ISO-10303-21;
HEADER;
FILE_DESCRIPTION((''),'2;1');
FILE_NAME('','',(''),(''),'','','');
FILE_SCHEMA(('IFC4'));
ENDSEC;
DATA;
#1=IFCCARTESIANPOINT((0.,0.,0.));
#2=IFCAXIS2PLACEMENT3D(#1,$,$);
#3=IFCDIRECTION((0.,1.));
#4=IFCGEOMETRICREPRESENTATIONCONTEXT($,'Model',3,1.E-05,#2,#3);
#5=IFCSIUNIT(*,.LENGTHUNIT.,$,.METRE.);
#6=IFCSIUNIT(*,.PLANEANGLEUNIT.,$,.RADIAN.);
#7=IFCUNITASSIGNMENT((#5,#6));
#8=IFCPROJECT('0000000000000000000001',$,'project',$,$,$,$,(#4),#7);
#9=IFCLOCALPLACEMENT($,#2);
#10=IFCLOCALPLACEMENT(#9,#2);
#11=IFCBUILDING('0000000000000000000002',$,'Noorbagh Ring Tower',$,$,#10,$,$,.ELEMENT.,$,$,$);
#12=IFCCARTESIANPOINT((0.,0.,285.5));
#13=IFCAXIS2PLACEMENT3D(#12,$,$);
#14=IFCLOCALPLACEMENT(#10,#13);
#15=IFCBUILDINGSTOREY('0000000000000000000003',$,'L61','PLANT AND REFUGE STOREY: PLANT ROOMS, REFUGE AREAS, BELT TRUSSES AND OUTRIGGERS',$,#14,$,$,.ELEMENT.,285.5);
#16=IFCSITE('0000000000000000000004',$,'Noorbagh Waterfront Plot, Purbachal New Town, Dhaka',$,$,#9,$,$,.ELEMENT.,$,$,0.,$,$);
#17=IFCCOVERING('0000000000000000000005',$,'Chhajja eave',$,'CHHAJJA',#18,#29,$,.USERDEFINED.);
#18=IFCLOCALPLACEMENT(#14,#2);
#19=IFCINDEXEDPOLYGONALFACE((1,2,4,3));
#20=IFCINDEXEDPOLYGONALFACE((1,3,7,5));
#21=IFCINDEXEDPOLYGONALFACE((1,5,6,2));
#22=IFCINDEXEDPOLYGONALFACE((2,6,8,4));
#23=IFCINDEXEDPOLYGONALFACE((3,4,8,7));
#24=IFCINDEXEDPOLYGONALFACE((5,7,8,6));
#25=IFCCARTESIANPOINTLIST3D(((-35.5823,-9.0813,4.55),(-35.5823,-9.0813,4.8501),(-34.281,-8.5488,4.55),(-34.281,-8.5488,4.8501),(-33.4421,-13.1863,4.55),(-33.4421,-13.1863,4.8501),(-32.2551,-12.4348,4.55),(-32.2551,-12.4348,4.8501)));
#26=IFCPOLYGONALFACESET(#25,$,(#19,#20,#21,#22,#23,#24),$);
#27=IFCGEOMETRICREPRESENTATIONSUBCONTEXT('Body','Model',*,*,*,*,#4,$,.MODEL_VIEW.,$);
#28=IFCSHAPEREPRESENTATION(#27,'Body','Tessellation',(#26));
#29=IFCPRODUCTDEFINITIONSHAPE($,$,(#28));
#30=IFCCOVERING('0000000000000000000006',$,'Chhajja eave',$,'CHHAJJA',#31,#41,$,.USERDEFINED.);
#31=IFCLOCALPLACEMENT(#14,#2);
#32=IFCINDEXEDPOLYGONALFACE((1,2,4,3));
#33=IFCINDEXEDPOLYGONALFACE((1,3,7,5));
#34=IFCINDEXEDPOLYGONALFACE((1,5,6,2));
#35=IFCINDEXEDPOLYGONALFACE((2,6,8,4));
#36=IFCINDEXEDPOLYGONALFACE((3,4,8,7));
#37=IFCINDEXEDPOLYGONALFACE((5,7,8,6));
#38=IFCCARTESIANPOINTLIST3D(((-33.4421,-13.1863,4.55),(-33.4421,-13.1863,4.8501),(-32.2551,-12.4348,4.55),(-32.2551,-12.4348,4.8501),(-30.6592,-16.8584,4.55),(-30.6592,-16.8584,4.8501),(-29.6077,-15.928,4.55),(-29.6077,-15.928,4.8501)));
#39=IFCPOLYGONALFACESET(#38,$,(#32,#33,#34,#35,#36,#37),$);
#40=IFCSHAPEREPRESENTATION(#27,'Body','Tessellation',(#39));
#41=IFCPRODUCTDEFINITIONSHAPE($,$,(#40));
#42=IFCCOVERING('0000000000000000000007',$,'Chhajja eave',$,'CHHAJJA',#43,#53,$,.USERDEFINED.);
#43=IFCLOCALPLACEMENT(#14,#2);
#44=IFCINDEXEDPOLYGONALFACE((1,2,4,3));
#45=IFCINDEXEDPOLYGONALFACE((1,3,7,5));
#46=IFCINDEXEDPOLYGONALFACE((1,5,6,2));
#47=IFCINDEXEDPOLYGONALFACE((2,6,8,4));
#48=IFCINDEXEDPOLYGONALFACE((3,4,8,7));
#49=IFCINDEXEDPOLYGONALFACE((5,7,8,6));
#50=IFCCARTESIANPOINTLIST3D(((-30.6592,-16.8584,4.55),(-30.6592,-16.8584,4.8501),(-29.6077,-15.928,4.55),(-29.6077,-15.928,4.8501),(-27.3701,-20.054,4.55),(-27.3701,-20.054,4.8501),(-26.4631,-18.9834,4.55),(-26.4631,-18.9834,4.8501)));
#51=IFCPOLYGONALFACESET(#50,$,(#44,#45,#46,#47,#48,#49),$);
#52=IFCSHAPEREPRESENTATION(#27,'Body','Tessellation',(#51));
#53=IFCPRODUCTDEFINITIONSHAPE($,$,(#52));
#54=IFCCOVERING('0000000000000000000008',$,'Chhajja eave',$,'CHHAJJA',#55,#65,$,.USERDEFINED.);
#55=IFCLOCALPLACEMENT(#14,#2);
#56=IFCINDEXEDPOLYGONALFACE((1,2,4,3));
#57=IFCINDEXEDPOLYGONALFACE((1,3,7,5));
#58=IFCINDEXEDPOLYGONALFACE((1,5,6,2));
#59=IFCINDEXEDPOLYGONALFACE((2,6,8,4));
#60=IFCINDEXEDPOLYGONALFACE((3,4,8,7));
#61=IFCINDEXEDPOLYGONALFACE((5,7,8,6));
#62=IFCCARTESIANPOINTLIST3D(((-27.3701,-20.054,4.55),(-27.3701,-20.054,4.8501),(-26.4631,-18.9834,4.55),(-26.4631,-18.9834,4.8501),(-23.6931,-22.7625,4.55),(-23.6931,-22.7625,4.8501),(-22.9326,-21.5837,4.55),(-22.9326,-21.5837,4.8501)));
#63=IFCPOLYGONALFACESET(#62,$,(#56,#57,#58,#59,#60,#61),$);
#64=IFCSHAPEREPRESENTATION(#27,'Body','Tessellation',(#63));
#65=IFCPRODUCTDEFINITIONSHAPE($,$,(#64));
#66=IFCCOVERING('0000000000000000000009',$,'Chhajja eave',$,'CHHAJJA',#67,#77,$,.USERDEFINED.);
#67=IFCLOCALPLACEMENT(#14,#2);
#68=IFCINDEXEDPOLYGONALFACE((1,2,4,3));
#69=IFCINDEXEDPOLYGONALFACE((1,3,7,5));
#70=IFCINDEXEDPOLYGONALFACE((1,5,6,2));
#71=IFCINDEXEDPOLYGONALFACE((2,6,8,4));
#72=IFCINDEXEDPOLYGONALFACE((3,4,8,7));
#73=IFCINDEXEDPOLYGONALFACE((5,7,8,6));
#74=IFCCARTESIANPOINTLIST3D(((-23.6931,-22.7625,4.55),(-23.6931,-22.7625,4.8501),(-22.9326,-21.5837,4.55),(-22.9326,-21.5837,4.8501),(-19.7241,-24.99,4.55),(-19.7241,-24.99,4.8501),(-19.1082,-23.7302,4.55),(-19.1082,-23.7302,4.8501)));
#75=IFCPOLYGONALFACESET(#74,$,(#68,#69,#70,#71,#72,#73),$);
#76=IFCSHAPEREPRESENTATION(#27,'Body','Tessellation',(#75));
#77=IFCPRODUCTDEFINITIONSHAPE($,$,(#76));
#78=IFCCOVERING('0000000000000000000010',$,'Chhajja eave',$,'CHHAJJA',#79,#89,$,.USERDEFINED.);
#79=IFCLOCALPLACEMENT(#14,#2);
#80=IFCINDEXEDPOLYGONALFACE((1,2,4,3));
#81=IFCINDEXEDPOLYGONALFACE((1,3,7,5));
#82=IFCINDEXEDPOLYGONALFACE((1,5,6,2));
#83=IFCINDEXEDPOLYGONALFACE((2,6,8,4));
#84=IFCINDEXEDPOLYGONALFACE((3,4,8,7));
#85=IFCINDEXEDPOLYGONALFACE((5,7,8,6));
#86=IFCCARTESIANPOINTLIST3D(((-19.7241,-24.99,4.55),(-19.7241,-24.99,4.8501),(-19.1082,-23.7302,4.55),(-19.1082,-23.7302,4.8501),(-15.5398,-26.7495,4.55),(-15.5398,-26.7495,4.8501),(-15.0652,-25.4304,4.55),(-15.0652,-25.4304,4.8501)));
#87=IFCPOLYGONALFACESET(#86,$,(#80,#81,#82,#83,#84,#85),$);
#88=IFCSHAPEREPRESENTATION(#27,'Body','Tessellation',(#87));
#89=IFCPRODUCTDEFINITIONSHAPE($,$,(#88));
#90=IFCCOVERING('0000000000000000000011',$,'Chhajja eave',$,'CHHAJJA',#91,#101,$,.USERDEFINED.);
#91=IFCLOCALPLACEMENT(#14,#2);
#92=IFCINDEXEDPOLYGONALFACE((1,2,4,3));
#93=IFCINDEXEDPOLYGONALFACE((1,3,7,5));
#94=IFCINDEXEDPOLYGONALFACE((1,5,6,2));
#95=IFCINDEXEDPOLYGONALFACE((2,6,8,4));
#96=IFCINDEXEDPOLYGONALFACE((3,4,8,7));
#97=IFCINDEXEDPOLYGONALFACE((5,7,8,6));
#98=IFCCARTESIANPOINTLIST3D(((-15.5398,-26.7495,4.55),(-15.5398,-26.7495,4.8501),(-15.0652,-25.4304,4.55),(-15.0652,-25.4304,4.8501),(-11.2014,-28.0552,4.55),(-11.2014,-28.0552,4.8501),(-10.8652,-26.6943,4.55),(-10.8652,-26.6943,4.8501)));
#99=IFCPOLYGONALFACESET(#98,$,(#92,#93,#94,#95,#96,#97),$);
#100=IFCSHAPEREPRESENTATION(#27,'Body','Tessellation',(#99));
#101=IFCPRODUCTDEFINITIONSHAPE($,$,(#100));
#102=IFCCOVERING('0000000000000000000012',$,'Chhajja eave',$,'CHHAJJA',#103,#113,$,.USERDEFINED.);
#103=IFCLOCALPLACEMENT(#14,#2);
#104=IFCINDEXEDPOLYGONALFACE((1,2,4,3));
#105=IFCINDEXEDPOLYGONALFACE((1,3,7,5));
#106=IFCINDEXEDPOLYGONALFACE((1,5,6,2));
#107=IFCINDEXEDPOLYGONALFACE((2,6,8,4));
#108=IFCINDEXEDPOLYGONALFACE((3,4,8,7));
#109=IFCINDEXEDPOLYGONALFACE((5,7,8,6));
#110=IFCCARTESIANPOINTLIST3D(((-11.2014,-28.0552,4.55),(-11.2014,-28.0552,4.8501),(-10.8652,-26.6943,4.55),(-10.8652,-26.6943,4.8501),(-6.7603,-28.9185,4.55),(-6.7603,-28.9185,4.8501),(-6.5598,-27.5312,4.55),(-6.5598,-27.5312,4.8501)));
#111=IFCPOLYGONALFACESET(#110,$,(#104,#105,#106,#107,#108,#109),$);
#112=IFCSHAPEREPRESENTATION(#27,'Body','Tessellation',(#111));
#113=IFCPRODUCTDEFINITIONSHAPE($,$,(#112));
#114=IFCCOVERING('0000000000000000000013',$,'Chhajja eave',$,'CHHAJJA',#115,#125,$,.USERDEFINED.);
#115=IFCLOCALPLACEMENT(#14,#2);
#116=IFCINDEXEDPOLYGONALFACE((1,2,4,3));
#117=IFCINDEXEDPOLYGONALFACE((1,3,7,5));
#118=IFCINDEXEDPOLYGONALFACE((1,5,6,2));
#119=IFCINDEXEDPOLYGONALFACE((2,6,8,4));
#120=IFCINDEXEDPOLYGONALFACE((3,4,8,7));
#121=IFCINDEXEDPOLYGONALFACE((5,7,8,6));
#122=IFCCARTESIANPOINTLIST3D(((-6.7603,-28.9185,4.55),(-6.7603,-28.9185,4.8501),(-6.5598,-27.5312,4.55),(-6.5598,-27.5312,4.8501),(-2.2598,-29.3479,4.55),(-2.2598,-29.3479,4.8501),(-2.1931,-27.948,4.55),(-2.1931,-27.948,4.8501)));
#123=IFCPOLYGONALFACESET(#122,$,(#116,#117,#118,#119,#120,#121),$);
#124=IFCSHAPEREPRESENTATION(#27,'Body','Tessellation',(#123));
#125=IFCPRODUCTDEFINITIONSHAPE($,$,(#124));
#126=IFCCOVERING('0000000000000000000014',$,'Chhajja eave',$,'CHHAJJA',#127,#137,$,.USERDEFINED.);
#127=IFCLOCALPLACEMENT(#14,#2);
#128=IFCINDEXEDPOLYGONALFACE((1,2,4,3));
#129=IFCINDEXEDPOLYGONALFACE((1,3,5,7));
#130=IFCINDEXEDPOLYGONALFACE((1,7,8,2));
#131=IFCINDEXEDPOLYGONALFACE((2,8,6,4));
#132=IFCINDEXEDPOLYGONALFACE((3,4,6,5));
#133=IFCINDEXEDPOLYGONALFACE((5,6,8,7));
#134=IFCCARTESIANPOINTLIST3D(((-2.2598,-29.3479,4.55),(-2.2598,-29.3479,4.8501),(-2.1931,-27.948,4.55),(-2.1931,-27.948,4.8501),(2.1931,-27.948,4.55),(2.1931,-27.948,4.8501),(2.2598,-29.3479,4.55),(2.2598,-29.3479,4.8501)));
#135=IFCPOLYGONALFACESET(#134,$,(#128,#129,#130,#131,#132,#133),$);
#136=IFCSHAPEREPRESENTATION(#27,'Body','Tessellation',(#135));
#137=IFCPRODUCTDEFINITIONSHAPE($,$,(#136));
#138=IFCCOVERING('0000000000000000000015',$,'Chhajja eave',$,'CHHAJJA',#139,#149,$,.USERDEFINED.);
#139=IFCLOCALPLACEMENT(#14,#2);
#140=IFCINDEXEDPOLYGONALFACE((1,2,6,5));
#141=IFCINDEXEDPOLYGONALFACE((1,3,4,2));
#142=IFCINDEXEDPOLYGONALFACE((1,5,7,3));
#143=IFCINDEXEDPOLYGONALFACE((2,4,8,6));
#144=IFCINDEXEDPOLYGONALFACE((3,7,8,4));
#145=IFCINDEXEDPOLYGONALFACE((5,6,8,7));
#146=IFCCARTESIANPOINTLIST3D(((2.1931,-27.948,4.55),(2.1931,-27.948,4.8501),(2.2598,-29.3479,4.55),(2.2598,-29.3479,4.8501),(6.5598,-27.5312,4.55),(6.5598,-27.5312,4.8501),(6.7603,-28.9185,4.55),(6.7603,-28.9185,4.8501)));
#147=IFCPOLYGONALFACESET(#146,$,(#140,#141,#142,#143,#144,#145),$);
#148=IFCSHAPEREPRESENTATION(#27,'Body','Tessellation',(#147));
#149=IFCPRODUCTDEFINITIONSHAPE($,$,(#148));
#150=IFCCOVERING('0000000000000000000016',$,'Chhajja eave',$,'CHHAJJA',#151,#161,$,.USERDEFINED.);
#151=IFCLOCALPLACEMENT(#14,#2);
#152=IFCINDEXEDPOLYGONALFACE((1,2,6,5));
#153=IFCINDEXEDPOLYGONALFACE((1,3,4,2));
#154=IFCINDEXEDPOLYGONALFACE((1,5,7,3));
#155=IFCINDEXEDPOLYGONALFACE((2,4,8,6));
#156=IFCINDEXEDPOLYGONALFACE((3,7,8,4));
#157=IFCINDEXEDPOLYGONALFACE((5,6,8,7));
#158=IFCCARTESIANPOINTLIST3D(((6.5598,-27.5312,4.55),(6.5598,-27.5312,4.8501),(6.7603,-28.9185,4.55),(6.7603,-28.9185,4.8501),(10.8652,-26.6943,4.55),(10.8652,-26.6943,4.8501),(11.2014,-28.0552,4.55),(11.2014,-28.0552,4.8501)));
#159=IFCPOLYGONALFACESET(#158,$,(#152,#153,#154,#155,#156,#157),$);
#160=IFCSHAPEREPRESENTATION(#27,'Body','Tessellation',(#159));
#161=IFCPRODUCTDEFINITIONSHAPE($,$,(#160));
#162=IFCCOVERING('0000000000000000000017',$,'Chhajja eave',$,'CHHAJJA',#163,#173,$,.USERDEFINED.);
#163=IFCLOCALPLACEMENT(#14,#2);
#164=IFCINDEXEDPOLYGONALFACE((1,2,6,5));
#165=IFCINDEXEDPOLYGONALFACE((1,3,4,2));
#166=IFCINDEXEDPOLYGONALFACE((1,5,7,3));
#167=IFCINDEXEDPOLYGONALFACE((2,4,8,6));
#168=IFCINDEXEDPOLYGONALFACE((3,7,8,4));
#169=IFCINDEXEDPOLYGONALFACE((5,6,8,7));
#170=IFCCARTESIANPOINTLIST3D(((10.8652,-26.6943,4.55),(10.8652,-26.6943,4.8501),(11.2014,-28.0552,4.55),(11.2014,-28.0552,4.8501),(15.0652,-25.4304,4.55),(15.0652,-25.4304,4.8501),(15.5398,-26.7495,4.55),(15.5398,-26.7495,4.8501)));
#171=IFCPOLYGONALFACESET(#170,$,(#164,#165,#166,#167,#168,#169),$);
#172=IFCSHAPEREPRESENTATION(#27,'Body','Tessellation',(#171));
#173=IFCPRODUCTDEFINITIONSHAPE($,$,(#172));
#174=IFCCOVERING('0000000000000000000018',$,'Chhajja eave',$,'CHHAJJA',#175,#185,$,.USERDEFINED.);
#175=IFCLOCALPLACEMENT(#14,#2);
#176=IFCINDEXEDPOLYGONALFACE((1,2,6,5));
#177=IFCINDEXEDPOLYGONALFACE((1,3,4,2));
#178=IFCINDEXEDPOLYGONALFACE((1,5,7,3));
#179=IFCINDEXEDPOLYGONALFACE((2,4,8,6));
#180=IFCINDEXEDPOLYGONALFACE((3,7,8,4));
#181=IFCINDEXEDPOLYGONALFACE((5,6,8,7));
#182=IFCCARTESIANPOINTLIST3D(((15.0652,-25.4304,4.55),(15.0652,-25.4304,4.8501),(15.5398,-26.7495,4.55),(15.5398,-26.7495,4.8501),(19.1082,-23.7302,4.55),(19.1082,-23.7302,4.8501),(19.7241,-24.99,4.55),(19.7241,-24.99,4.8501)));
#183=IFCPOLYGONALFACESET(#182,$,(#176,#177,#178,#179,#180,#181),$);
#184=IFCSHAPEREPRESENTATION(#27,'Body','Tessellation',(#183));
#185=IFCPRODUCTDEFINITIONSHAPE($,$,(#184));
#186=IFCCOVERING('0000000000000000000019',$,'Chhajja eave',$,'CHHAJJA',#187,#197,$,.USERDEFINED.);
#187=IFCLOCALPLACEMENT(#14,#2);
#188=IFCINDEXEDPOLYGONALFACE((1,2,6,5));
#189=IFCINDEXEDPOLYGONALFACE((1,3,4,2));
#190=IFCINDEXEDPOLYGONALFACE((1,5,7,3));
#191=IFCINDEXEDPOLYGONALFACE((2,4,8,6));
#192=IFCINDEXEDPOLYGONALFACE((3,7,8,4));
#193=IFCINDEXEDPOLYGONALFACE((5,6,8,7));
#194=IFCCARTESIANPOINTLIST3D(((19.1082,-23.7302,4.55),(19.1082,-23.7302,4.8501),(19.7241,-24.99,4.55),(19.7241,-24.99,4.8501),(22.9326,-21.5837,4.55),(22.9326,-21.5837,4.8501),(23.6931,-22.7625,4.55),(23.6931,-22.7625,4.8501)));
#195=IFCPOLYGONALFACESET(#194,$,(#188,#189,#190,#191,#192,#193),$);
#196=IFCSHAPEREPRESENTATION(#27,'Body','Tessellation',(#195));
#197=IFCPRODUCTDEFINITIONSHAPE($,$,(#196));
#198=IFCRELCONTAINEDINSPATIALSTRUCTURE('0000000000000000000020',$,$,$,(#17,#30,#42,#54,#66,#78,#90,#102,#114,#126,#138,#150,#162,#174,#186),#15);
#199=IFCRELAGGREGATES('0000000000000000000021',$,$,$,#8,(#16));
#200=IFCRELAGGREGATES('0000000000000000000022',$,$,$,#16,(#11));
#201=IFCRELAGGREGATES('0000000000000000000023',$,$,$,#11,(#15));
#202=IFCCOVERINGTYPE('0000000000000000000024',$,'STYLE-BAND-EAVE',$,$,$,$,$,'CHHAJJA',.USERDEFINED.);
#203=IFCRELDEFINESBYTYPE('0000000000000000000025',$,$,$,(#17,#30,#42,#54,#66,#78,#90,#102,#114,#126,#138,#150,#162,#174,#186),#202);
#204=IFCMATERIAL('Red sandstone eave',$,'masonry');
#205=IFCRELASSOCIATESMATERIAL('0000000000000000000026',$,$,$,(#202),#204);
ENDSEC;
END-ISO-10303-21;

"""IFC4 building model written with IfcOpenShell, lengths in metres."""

from ifc_helpers import new_model, si_unit, direction, frame, origin, place, context, subcontext, project, spatial, polyline, outline, extrude, material, type_object, element, save


model = new_model("IFC4")

# Units and contexts
model_context = context("Model", 3, precision=1e-05, world=origin(), true_north=direction((0.0, 1.0)))
body_context = subcontext(model_context, "Body", "Model", "MODEL_VIEW")
ifc_project = project(units=[si_unit("LENGTHUNIT", "METRE"), si_unit("PLANEANGLEUNIT", "RADIAN")], contexts=[model_context])

# Site, building, storey
site_placement = place(None, origin())
site = spatial("IfcSite", under=ifc_project, at=site_placement, Name="Noorbagh Waterfront Plot, Purbachal New Town, Dhaka", CompositionType="ELEMENT", RefElevation=0.0)
building_placement = place(site_placement, origin())
building = spatial("IfcBuilding", under=site, at=building_placement, Name="Noorbagh Ring Tower", CompositionType="ELEMENT")
storey_placement = place(building_placement, frame((0.0, 0.0, 285.5)))
storey = spatial("IfcBuildingStorey", under=building, at=storey_placement, Name="L61", Description="PLANT AND REFUGE STOREY: PLANT ROOMS, REFUGE AREAS, BELT TRUSSES AND OUTRIGGERS", CompositionType="ELEMENT", Elevation=285.5)

# Coverings
ifc_material_1 = material(Name="Red sandstone eave", Category="masonry")
covering_type_1 = type_object("IfcCoveringType", Name="STYLE-BAND-EAVE", ElementType="CHHAJJA", PredefinedType="USERDEFINED", material=ifc_material_1)
covering_1_placement = place(storey_placement, frame((0.0, 0.0, 4.55)))
element("IfcCovering", 1, at=covering_1_placement, inside=storey, type_object=covering_type_1, Name="Chhajja eave", ObjectType="CHHAJJA", PredefinedType="USERDEFINED", context=body_context, shape_type="SweptSolid", body=[
    extrude(outline(polyline([(-34.281, -8.5488), (-32.2551, -12.4348), (-33.4421, -13.1863), (-35.5823, -9.0813), (-34.281, -8.5488)])), origin(), (0.0, 0.0, 1.0), 0.3),
])
covering_2_placement = place(storey_placement, frame((0.0, 0.0, 4.55)))
element("IfcCovering", 2, at=covering_2_placement, inside=storey, type_object=covering_type_1, Name="Chhajja eave", ObjectType="CHHAJJA", PredefinedType="USERDEFINED", context=body_context, shape_type="SweptSolid", body=[
    extrude(outline(polyline([(-32.2551, -12.4348), (-29.6077, -15.928), (-30.6592, -16.8584), (-33.4421, -13.1863), (-32.2551, -12.4348)])), origin(), (0.0, 0.0, 1.0), 0.3),
])
covering_3_placement = place(storey_placement, frame((0.0, 0.0, 4.55)))
element("IfcCovering", 3, at=covering_3_placement, inside=storey, type_object=covering_type_1, Name="Chhajja eave", ObjectType="CHHAJJA", PredefinedType="USERDEFINED", context=body_context, shape_type="SweptSolid", body=[
    extrude(outline(polyline([(-29.6077, -15.928), (-26.4631, -18.9834), (-27.3701, -20.054), (-30.6592, -16.8584), (-29.6077, -15.928)])), origin(), (0.0, 0.0, 1.0), 0.3),
])
covering_4_placement = place(storey_placement, frame((0.0, 0.0, 4.55)))
element("IfcCovering", 4, at=covering_4_placement, inside=storey, type_object=covering_type_1, Name="Chhajja eave", ObjectType="CHHAJJA", PredefinedType="USERDEFINED", context=body_context, shape_type="SweptSolid", body=[
    extrude(outline(polyline([(-26.4631, -18.9834), (-22.9326, -21.5837), (-23.6931, -22.7625), (-27.3701, -20.054), (-26.4631, -18.9834)])), origin(), (0.0, 0.0, 1.0), 0.3),
])
covering_5_placement = place(storey_placement, frame((0.0, 0.0, 4.55)))
element("IfcCovering", 5, at=covering_5_placement, inside=storey, type_object=covering_type_1, Name="Chhajja eave", ObjectType="CHHAJJA", PredefinedType="USERDEFINED", context=body_context, shape_type="SweptSolid", body=[
    extrude(outline(polyline([(-22.9326, -21.5837), (-19.1082, -23.7302), (-19.7241, -24.99), (-23.6931, -22.7625), (-22.9326, -21.5837)])), origin(), (0.0, 0.0, 1.0), 0.3),
])
covering_6_placement = place(storey_placement, frame((0.0, 0.0, 4.55)))
element("IfcCovering", 6, at=covering_6_placement, inside=storey, type_object=covering_type_1, Name="Chhajja eave", ObjectType="CHHAJJA", PredefinedType="USERDEFINED", context=body_context, shape_type="SweptSolid", body=[
    extrude(outline(polyline([(-19.1082, -23.7302), (-15.0652, -25.4304), (-15.5398, -26.7495), (-19.7241, -24.99), (-19.1082, -23.7302)])), origin(), (0.0, 0.0, 1.0), 0.3),
])
covering_7_placement = place(storey_placement, frame((0.0, 0.0, 4.55)))
element("IfcCovering", 7, at=covering_7_placement, inside=storey, type_object=covering_type_1, Name="Chhajja eave", ObjectType="CHHAJJA", PredefinedType="USERDEFINED", context=body_context, shape_type="SweptSolid", body=[
    extrude(outline(polyline([(-15.0652, -25.4304), (-10.8652, -26.6943), (-11.2014, -28.0552), (-15.5398, -26.7495), (-15.0652, -25.4304)])), origin(), (0.0, 0.0, 1.0), 0.3),
])
covering_8_placement = place(storey_placement, frame((0.0, 0.0, 4.55)))
element("IfcCovering", 8, at=covering_8_placement, inside=storey, type_object=covering_type_1, Name="Chhajja eave", ObjectType="CHHAJJA", PredefinedType="USERDEFINED", context=body_context, shape_type="SweptSolid", body=[
    extrude(outline(polyline([(-10.8652, -26.6943), (-6.5598, -27.5312), (-6.7603, -28.9185), (-11.2014, -28.0552), (-10.8652, -26.6943)])), origin(), (0.0, 0.0, 1.0), 0.3),
])
covering_9_placement = place(storey_placement, frame((0.0, 0.0, 4.55)))
element("IfcCovering", 9, at=covering_9_placement, inside=storey, type_object=covering_type_1, Name="Chhajja eave", ObjectType="CHHAJJA", PredefinedType="USERDEFINED", context=body_context, shape_type="SweptSolid", body=[
    extrude(outline(polyline([(-6.5598, -27.5312), (-2.1931, -27.948), (-2.2598, -29.3479), (-6.7603, -28.9185), (-6.5598, -27.5312)])), origin(), (0.0, 0.0, 1.0), 0.3),
])
covering_10_placement = place(storey_placement, frame((0.0, 0.0, 4.55)))
element("IfcCovering", 10, at=covering_10_placement, inside=storey, type_object=covering_type_1, Name="Chhajja eave", ObjectType="CHHAJJA", PredefinedType="USERDEFINED", context=body_context, shape_type="SweptSolid", body=[
    extrude(outline(polyline([(-2.1931, -27.948), (2.1931, -27.948), (2.2598, -29.3479), (-2.2598, -29.3479), (-2.1931, -27.948)])), origin(), (0.0, 0.0, 1.0), 0.3),
])
covering_11_placement = place(storey_placement, frame((0.0, 0.0, 4.55)))
element("IfcCovering", 11, at=covering_11_placement, inside=storey, type_object=covering_type_1, Name="Chhajja eave", ObjectType="CHHAJJA", PredefinedType="USERDEFINED", context=body_context, shape_type="SweptSolid", body=[
    extrude(outline(polyline([(2.1931, -27.948), (6.5598, -27.5312), (6.7603, -28.9185), (2.2598, -29.3479), (2.1931, -27.948)])), origin(), (0.0, 0.0, 1.0), 0.3),
])
covering_12_placement = place(storey_placement, frame((0.0, 0.0, 4.55)))
element("IfcCovering", 12, at=covering_12_placement, inside=storey, type_object=covering_type_1, Name="Chhajja eave", ObjectType="CHHAJJA", PredefinedType="USERDEFINED", context=body_context, shape_type="SweptSolid", body=[
    extrude(outline(polyline([(6.5598, -27.5312), (10.8652, -26.6943), (11.2014, -28.0552), (6.7603, -28.9185), (6.5598, -27.5312)])), origin(), (0.0, 0.0, 1.0), 0.3),
])
covering_13_placement = place(storey_placement, frame((0.0, 0.0, 4.55)))
element("IfcCovering", 13, at=covering_13_placement, inside=storey, type_object=covering_type_1, Name="Chhajja eave", ObjectType="CHHAJJA", PredefinedType="USERDEFINED", context=body_context, shape_type="SweptSolid", body=[
    extrude(outline(polyline([(10.8652, -26.6943), (15.0652, -25.4304), (15.5398, -26.7495), (11.2014, -28.0552), (10.8652, -26.6943)])), origin(), (0.0, 0.0, 1.0), 0.3),
])
covering_14_placement = place(storey_placement, frame((0.0, 0.0, 4.55)))
element("IfcCovering", 14, at=covering_14_placement, inside=storey, type_object=covering_type_1, Name="Chhajja eave", ObjectType="CHHAJJA", PredefinedType="USERDEFINED", context=body_context, shape_type="SweptSolid", body=[
    extrude(outline(polyline([(15.0652, -25.4304), (19.1082, -23.7302), (19.7241, -24.99), (15.5398, -26.7495), (15.0652, -25.4304)])), origin(), (0.0, 0.0, 1.0), 0.3),
])
covering_15_placement = place(storey_placement, frame((0.0, 0.0, 4.55)))
element("IfcCovering", 15, at=covering_15_placement, inside=storey, type_object=covering_type_1, Name="Chhajja eave", ObjectType="CHHAJJA", PredefinedType="USERDEFINED", context=body_context, shape_type="SweptSolid", body=[
    extrude(outline(polyline([(19.1082, -23.7302), (22.9326, -21.5837), (23.6931, -22.7625), (19.7241, -24.99), (19.1082, -23.7302)])), origin(), (0.0, 0.0, 1.0), 0.3),
])

save(model, "model.ifc")
